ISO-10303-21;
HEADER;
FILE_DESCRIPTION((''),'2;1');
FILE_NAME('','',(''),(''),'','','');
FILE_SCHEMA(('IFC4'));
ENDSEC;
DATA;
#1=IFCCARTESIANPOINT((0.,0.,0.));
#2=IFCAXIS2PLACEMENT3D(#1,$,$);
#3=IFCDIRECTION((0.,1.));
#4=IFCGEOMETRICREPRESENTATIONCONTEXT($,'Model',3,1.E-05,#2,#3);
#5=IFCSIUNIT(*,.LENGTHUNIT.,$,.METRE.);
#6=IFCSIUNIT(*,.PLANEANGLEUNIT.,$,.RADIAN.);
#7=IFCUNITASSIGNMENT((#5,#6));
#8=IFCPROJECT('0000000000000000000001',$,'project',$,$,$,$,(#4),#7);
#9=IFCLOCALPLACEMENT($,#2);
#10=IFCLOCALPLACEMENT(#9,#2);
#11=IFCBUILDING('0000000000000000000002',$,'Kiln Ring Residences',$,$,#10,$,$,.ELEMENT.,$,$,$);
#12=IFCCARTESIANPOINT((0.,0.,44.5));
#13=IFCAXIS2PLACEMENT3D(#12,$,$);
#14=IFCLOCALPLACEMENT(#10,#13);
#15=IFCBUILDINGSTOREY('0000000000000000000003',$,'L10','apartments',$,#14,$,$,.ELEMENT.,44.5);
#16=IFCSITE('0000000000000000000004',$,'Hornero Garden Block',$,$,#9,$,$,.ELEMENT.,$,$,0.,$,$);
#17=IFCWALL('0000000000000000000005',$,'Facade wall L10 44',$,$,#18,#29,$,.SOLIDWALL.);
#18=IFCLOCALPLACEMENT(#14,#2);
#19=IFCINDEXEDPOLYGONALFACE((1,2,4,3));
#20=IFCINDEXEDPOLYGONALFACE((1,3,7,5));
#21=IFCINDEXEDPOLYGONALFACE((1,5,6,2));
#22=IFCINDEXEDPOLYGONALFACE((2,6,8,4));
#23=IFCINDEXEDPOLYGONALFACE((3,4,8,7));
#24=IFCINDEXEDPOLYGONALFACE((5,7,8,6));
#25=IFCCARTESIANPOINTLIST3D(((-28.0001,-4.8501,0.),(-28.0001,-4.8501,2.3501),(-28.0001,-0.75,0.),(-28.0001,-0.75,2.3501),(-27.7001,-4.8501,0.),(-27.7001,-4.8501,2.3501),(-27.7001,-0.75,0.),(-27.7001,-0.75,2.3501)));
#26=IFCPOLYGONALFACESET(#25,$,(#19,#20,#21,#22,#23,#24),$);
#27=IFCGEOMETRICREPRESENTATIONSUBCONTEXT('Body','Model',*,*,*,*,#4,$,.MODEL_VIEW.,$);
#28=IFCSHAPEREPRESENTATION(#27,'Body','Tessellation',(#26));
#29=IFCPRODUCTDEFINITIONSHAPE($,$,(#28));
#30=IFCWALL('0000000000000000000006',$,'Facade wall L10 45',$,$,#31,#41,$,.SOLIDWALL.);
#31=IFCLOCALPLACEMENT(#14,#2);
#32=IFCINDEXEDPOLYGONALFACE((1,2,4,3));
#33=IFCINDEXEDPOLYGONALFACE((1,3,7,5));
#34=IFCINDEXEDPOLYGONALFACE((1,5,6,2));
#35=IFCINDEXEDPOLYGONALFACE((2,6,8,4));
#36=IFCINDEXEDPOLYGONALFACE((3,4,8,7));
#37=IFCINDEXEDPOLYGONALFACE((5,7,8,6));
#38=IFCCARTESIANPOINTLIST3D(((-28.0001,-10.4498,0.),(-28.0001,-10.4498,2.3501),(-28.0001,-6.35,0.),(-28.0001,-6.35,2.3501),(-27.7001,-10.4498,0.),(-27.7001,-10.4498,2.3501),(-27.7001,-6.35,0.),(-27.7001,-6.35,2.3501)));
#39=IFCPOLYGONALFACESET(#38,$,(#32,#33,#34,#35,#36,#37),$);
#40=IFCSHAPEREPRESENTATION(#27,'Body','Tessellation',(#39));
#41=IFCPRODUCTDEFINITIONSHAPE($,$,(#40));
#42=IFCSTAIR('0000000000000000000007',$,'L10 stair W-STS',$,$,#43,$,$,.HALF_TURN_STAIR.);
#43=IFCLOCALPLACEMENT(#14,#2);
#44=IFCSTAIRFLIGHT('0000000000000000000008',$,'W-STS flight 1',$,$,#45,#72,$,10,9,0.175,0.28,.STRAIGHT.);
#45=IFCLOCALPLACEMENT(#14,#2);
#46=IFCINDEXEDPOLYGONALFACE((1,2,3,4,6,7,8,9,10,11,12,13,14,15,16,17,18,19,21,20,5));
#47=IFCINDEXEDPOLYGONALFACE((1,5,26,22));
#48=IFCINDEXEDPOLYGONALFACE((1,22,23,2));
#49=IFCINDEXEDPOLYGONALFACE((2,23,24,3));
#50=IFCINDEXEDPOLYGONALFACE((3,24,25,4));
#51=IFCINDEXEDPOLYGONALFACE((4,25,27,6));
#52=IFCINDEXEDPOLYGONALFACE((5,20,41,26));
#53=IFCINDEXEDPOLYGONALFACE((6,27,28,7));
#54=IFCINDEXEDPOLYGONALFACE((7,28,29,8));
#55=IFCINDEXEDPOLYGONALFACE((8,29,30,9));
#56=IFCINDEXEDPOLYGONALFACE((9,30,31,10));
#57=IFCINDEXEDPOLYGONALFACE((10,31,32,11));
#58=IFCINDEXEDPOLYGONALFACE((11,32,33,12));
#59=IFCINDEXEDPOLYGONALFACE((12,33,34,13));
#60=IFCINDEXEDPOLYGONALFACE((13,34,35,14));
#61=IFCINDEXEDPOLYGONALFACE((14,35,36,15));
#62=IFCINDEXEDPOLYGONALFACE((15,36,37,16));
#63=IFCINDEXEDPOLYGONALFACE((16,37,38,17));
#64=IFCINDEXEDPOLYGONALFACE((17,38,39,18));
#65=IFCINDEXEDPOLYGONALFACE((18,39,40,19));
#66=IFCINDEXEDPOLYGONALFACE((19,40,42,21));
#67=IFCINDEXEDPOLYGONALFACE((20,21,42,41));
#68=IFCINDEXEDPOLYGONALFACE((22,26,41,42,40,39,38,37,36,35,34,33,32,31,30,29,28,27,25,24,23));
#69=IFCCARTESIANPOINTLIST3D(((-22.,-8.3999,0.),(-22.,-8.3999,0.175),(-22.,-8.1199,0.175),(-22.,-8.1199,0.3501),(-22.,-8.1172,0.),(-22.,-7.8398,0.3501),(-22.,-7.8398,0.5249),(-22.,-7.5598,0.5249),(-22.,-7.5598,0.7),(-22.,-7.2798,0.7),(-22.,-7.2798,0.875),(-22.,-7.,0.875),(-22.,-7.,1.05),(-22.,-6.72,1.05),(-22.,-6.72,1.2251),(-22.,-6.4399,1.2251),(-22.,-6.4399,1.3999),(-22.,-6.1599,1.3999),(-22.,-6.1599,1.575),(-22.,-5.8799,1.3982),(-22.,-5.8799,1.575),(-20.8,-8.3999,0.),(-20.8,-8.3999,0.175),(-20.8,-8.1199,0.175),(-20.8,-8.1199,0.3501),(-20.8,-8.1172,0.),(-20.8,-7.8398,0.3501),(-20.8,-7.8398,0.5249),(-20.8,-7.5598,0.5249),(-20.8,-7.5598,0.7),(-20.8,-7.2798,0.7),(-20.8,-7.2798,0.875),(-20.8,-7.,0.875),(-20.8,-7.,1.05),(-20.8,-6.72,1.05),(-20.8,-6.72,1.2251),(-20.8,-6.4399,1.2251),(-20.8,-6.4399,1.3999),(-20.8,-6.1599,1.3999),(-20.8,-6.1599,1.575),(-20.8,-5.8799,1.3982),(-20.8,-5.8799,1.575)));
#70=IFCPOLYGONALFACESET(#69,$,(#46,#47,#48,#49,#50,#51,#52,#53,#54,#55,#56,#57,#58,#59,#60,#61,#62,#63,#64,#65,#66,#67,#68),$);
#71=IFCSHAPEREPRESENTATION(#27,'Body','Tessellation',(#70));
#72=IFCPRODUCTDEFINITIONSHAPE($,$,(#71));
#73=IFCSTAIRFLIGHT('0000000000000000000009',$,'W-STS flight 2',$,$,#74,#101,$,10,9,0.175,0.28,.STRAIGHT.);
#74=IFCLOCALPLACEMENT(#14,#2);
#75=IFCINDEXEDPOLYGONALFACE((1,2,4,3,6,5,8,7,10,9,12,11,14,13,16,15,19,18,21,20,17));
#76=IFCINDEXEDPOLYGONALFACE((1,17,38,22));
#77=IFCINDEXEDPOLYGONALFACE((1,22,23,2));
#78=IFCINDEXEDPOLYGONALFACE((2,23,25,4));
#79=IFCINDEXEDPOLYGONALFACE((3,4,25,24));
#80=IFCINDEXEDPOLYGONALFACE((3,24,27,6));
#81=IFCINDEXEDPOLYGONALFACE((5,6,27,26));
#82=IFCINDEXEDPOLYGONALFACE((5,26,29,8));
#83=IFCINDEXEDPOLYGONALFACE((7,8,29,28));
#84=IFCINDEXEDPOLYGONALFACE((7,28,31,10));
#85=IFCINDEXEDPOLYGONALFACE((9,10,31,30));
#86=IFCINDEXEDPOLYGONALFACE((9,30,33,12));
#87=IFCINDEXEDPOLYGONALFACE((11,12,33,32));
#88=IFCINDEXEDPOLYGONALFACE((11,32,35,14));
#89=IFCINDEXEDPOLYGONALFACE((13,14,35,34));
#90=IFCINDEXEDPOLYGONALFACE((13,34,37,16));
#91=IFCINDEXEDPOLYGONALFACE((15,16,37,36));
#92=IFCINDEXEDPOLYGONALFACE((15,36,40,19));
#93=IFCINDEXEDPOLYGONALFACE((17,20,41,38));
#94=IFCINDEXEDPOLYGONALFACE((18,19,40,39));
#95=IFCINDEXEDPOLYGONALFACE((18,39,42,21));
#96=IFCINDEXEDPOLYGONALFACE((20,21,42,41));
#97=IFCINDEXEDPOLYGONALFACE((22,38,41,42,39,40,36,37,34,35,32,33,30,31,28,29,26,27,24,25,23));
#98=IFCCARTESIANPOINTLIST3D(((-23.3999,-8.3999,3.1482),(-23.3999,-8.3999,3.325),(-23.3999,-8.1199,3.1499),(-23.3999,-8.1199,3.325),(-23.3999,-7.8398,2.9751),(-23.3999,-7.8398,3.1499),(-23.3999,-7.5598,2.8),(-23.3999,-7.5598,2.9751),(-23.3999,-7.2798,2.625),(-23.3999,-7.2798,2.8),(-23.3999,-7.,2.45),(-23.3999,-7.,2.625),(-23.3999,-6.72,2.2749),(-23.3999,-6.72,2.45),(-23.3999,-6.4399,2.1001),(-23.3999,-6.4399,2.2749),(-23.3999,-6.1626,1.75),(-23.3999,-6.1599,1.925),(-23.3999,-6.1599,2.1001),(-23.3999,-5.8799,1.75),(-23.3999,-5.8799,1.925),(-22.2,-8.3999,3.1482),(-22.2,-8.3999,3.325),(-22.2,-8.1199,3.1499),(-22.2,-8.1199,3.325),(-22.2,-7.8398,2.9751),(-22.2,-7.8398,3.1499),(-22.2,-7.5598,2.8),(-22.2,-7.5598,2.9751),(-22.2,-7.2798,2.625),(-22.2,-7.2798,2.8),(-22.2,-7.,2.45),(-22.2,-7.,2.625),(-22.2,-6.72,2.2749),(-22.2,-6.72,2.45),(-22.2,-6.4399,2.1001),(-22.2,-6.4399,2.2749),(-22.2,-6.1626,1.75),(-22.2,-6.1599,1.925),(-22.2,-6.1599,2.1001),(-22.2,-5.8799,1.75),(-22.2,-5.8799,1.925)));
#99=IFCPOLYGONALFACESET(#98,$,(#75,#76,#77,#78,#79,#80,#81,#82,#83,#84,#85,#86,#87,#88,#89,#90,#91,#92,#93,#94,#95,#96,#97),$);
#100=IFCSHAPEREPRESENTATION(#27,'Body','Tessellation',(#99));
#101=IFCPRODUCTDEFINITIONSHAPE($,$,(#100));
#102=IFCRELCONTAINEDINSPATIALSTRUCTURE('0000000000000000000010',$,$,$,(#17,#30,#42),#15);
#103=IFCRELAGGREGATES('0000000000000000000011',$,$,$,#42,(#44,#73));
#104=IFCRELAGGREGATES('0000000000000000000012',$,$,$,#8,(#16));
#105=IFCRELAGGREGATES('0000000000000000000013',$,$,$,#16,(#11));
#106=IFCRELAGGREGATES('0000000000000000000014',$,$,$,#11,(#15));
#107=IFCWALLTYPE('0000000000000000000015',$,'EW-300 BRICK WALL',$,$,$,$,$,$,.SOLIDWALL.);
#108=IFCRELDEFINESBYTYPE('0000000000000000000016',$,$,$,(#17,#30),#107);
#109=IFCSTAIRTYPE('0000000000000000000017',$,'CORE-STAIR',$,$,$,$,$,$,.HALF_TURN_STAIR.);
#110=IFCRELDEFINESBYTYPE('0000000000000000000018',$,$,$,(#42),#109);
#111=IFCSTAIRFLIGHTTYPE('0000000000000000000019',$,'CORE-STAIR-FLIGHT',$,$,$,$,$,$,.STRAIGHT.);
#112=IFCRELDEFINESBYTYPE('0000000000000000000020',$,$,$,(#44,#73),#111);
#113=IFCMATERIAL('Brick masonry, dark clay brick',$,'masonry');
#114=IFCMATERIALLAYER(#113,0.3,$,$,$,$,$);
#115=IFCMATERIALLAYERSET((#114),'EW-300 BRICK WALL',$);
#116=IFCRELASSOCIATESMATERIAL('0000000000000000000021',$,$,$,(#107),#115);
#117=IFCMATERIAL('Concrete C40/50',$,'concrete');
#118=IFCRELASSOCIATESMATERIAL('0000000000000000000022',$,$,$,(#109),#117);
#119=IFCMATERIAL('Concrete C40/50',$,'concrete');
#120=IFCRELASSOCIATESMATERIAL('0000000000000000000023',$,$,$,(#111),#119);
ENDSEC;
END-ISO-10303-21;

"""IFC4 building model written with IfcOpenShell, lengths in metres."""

from ifc_helpers import new_model, si_unit, direction, frame, frame_2d, origin, place, context, subcontext, project, spatial, polyline, rectangle, outline, extrude, material, layer, layer_set, type_object, element, aggregate, save


model = new_model("IFC4")

# Units and contexts
model_context = context("Model", 3, precision=1e-05, world=origin(), true_north=direction((0.0, 1.0)))
body_context = subcontext(model_context, "Body", "Model", "MODEL_VIEW")
ifc_project = project(units=[si_unit("LENGTHUNIT", "METRE"), si_unit("PLANEANGLEUNIT", "RADIAN")], contexts=[model_context])

# Site, building, storey
site_placement = place(None, origin())
site = spatial("IfcSite", under=ifc_project, at=site_placement, Name="Hornero Garden Block", CompositionType="ELEMENT", RefElevation=0.0)
building_placement = place(site_placement, origin())
building = spatial("IfcBuilding", under=site, at=building_placement, Name="Kiln Ring Residences", CompositionType="ELEMENT")
storey_placement = place(building_placement, frame((0.0, 0.0, 44.5)))
storey = spatial("IfcBuildingStorey", under=building, at=storey_placement, Name="L10", Description="apartments", CompositionType="ELEMENT", Elevation=44.5)

# Walls
ifc_material_1 = material(Name="Brick masonry, dark clay brick", Category="masonry")
ifc_layer_1 = layer(ifc_material_1, 0.3)
ifc_layer_set_1 = layer_set([ifc_layer_1], Name="EW-300 BRICK WALL")
wall_type_1 = type_object("IfcWallType", Name="EW-300 BRICK WALL", PredefinedType="SOLIDWALL", material=ifc_layer_set_1)
wall_1_placement = place(storey_placement, frame((-27.8501, -0.75, 0.0), z_axis=(0.0, 0.0, 1.0), x_axis=(0.0, -1.0, 0.0)))
element("IfcWall", 1, at=wall_1_placement, inside=storey, type_object=wall_type_1, Name="Facade wall L10 44", PredefinedType="SOLIDWALL", context=body_context, shape_type="SweptSolid", body=[
    extrude(rectangle(XDim=4.1001, YDim=0.3, at=frame_2d((2.05, 0.0))), origin(), (0.0, 0.0, 1.0), 2.3501),
])
wall_2_placement = place(storey_placement, frame((-27.8501, -6.3501, 0.0), z_axis=(0.0, 0.0, 1.0), x_axis=(0.0, -1.0, 0.0)))
element("IfcWall", 2, at=wall_2_placement, inside=storey, type_object=wall_type_1, Name="Facade wall L10 45", PredefinedType="SOLIDWALL", context=body_context, shape_type="SweptSolid", body=[
    extrude(rectangle(XDim=4.0999, YDim=0.3, at=frame_2d((2.0498, 0.0))), origin(), (0.0, 0.0, 1.0), 2.3501),
])

# Stair, stair flights
ifc_material_2 = material(Name="Concrete C40/50", Category="concrete")
stair_type = type_object("IfcStairType", Name="CORE-STAIR", PredefinedType="HALF_TURN_STAIR", material=ifc_material_2)
stair_placement = place(storey_placement, origin())
stair = element("IfcStair", 3, at=stair_placement, inside=storey, type_object=stair_type, Name="L10 stair W-STS", PredefinedType="HALF_TURN_STAIR")
ifc_material_3 = material(Name="Concrete C40/50", Category="concrete")
stair_flight_type = type_object("IfcStairFlightType", Name="CORE-STAIR-FLIGHT", PredefinedType="STRAIGHT", material=ifc_material_3)
stair_flight_1_placement = place(storey_placement, frame((-21.3999, -8.3999, 0.0), z_axis=(0.0, 0.0, 1.0), x_axis=(0.0, 1.0, 0.0)))
stair_flight_1 = element("IfcStairFlight", 4, at=stair_flight_1_placement, type_object=stair_flight_type, Name="W-STS flight 1", NumberOfRisers=10, NumberOfTreads=9, PredefinedType="STRAIGHT", RiserHeight=0.175, TreadLength=0.28, context=body_context, shape_type="SweptSolid", body=[
    extrude(outline(polyline([(0.0, 0.0), (0.0, 0.175), (0.28, 0.175), (0.28, 0.3501), (0.5601, 0.3501), (0.5601, 0.5249), (0.8401, 0.5249), (0.8401, 0.7), (1.1201, 0.7), (1.1201, 0.875), (1.3999, 0.875), (1.3999, 1.05), (1.6799, 1.05), (1.6799, 1.2251), (1.96, 1.2251), (1.96, 1.3999), (2.24, 1.3999), (2.24, 1.575), (2.52, 1.575), (2.52, 1.75), (2.52, 1.3982), (0.2827, 0.0), (0.0, 0.0)])), frame((0.0, 0.6001, 0.0), z_axis=(0.0, -1.0, 0.0), x_axis=(1.0, 0.0, 0.0)), (0.0, 0.0, 1.0), 1.2),
])
stair_flight_2_placement = place(storey_placement, frame((-22.8, -5.8799, 1.75), z_axis=(0.0, 0.0, 1.0), x_axis=(0.0, -1.0, 0.0)))
stair_flight_2 = element("IfcStairFlight", 5, at=stair_flight_2_placement, type_object=stair_flight_type, Name="W-STS flight 2", NumberOfRisers=10, NumberOfTreads=9, PredefinedType="STRAIGHT", RiserHeight=0.175, TreadLength=0.28, context=body_context, shape_type="SweptSolid", body=[
    extrude(outline(polyline([(0.0, 0.0), (0.0, 0.175), (0.28, 0.175), (0.28, 0.3501), (0.5601, 0.3501), (0.5601, 0.5249), (0.8401, 0.5249), (0.8401, 0.7), (1.1201, 0.7), (1.1201, 0.875), (1.3999, 0.875), (1.3999, 1.05), (1.6799, 1.05), (1.6799, 1.2251), (1.96, 1.2251), (1.96, 1.3999), (2.24, 1.3999), (2.24, 1.575), (2.52, 1.575), (2.52, 1.75), (2.52, 1.3982), (0.2827, 0.0), (0.0, 0.0)])), frame((0.0, 0.6001, 0.0), z_axis=(0.0, -1.0, 0.0), x_axis=(1.0, 0.0, 0.0)), (0.0, 0.0, 1.0), 1.2),
])
aggregate(stair, [stair_flight_1, stair_flight_2])

save(model, "model.ifc")
